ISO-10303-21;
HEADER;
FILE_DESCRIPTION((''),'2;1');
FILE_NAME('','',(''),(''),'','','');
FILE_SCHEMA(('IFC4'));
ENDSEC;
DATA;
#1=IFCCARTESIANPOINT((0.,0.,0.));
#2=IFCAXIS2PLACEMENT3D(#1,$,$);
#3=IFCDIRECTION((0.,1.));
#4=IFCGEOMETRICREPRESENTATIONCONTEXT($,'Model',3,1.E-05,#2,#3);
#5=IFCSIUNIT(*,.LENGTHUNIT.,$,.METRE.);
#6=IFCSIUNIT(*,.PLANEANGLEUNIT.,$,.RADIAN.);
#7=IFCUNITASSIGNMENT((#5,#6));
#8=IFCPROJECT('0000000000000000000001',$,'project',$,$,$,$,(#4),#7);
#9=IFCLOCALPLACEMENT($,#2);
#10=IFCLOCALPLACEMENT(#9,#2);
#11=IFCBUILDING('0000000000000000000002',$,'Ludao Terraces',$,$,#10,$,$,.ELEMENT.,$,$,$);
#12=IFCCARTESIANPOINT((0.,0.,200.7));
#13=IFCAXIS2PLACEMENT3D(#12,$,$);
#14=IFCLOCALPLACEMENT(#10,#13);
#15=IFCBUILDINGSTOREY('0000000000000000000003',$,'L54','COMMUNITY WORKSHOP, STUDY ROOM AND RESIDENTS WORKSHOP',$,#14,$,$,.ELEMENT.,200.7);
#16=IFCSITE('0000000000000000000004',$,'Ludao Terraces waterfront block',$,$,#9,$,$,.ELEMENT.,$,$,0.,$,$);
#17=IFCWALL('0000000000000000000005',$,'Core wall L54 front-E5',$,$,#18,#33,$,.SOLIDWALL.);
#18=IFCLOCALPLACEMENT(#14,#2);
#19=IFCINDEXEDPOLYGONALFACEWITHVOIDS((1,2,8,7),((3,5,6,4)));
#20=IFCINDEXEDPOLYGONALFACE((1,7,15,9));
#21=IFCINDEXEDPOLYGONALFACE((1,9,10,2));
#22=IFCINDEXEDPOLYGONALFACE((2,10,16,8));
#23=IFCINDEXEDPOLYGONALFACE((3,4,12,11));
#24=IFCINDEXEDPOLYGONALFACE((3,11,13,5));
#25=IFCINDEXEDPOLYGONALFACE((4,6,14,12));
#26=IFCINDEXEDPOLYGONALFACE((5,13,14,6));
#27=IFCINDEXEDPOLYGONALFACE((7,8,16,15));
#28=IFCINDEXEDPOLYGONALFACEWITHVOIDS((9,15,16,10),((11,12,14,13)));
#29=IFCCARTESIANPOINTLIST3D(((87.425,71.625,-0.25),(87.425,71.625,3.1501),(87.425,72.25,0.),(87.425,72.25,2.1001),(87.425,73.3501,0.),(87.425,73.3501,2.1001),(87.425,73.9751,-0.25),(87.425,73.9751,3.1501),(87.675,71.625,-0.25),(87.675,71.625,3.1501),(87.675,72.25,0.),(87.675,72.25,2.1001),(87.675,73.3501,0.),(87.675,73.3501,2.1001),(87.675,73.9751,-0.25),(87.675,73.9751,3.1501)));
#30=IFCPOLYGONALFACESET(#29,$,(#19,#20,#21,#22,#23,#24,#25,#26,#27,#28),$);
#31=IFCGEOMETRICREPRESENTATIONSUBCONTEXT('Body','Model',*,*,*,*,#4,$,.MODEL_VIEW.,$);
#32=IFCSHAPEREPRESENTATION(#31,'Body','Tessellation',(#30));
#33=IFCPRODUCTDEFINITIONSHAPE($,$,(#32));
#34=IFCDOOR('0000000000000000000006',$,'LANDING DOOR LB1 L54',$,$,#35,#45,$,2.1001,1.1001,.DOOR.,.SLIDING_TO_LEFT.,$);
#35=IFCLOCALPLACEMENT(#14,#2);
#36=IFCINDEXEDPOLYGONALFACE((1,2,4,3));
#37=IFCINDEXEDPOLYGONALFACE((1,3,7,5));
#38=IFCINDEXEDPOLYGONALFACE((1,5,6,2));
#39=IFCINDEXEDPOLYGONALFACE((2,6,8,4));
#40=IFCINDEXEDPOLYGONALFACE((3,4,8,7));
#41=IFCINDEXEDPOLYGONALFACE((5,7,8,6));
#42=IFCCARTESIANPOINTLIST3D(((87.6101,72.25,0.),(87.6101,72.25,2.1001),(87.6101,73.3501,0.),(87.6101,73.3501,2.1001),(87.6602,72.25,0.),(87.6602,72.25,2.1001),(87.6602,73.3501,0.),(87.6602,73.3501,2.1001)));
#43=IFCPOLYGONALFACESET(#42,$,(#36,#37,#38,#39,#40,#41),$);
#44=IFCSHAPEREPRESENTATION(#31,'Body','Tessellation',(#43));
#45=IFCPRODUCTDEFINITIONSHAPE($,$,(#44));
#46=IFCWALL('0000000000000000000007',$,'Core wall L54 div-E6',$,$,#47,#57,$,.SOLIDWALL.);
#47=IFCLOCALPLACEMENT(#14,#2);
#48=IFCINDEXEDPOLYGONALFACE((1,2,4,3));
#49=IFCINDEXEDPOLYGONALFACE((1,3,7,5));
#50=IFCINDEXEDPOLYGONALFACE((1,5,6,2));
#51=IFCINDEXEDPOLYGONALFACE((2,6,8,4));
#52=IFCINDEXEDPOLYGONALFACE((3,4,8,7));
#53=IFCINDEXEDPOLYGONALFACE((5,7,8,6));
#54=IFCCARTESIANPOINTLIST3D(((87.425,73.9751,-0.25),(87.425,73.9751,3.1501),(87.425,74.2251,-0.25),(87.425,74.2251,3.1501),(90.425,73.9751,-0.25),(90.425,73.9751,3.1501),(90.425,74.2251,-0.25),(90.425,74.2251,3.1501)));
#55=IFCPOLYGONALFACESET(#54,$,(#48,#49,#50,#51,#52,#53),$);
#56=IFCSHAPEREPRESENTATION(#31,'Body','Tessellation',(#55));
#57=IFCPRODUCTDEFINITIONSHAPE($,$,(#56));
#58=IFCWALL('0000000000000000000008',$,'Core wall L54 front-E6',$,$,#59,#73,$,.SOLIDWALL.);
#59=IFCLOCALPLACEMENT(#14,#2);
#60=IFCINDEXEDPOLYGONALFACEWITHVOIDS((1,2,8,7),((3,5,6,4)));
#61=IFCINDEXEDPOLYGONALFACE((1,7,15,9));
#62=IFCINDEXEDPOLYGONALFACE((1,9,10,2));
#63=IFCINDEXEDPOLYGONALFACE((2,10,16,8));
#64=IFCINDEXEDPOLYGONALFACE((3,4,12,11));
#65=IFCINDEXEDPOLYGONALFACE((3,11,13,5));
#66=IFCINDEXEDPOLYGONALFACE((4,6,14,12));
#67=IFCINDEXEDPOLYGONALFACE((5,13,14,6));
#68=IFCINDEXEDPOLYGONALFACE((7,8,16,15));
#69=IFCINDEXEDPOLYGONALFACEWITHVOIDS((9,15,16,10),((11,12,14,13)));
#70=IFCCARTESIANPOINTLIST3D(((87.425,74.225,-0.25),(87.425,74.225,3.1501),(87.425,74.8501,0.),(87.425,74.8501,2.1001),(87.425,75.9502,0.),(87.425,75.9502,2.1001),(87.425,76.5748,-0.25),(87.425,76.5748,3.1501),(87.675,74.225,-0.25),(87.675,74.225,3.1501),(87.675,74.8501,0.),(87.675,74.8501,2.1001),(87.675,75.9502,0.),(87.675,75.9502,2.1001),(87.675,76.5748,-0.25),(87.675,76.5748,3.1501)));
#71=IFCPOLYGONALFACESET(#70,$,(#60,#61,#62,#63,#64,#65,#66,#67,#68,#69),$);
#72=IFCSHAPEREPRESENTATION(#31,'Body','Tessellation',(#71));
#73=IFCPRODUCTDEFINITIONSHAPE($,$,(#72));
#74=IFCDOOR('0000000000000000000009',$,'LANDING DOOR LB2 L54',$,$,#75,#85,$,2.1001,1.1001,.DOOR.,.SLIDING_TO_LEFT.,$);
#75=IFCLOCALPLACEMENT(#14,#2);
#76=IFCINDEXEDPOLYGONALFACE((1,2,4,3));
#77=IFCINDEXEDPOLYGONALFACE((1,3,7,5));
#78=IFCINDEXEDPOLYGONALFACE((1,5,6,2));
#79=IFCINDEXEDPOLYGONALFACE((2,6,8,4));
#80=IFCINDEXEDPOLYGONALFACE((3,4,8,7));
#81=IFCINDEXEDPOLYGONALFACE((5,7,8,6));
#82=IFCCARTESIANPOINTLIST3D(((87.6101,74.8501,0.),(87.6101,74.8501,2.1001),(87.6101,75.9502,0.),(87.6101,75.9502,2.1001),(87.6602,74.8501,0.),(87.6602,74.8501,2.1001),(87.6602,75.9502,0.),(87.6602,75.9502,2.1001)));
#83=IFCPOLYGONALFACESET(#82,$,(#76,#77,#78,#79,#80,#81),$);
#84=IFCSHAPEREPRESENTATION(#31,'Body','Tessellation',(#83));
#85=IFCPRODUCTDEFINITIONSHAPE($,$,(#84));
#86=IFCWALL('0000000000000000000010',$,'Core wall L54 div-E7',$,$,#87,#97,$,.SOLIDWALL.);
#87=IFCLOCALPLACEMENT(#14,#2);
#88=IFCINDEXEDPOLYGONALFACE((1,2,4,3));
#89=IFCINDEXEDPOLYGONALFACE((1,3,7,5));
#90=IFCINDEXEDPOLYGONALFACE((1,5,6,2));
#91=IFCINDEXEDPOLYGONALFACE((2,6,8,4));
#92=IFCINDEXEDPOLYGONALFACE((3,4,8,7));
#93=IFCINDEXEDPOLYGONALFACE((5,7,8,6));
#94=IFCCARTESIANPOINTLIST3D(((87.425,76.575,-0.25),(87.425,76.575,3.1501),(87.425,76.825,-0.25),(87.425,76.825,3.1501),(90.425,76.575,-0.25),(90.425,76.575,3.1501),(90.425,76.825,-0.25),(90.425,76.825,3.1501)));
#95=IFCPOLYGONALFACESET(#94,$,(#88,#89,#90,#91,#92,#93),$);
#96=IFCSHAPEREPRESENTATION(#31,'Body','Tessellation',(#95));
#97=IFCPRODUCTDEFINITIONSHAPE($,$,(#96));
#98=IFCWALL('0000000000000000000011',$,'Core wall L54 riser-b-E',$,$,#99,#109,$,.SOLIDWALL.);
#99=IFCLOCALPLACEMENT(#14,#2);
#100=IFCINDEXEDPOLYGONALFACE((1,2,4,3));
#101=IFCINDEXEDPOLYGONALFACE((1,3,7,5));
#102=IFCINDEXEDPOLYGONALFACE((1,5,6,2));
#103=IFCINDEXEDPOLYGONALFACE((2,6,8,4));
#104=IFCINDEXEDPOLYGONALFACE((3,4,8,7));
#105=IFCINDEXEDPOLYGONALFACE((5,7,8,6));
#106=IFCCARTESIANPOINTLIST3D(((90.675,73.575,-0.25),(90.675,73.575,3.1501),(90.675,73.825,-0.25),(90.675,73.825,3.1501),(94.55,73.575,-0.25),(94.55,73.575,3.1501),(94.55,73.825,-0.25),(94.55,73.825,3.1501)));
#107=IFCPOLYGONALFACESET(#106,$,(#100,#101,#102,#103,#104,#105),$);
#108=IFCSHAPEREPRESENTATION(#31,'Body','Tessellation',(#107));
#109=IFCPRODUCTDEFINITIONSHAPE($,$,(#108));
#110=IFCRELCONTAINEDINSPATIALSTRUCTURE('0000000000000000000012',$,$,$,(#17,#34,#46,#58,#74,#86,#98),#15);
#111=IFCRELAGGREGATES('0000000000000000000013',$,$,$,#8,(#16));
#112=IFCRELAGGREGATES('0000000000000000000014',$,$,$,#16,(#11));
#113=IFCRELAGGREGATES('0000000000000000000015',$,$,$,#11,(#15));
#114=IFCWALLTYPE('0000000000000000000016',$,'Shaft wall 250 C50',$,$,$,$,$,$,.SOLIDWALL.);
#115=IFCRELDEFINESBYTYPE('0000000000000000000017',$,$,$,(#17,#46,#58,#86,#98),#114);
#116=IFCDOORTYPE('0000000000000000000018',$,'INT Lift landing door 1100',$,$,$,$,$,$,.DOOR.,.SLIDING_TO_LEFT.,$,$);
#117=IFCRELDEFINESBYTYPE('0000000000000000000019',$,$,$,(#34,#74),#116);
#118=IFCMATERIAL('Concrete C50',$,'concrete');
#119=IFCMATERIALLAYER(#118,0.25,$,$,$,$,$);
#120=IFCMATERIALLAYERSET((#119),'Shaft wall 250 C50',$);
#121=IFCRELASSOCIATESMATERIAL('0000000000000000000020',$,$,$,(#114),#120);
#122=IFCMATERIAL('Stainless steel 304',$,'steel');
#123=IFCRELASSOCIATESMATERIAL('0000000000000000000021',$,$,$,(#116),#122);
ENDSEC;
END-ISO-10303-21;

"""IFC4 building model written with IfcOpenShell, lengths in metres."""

from ifc_helpers import new_model, si_unit, direction, frame, frame_2d, origin, place, context, subcontext, project, spatial, rectangle, extrude, material, layer, layer_set, type_object, element, fill, save


model = new_model("IFC4")

# Units and contexts
model_context = context("Model", 3, precision=1e-05, world=origin(), true_north=direction((0.0, 1.0)))
body_context = subcontext(model_context, "Body", "Model", "MODEL_VIEW")
ifc_project = project(units=[si_unit("LENGTHUNIT", "METRE"), si_unit("PLANEANGLEUNIT", "RADIAN")], contexts=[model_context])

# Site, building, storey
site_placement = place(None, origin())
site = spatial("IfcSite", under=ifc_project, at=site_placement, Name="Ludao Terraces waterfront block", CompositionType="ELEMENT", RefElevation=0.0)
building_placement = place(site_placement, origin())
building = spatial("IfcBuilding", under=site, at=building_placement, Name="Ludao Terraces", CompositionType="ELEMENT")
storey_placement = place(building_placement, frame((0.0, 0.0, 200.7)))
storey = spatial("IfcBuildingStorey", under=building, at=storey_placement, Name="L54", Description="COMMUNITY WORKSHOP, STUDY ROOM AND RESIDENTS WORKSHOP", CompositionType="ELEMENT", Elevation=200.7)

# Shared definitions
ifc_material_1 = material(Name="Concrete C50", Category="concrete")
ifc_layer_1 = layer(ifc_material_1, 0.25)
ifc_layer_set_1 = layer_set([ifc_layer_1], Name="Shaft wall 250 C50")
wall_type_1 = type_object("IfcWallType", Name="Shaft wall 250 C50", PredefinedType="SOLIDWALL", material=ifc_layer_set_1)

# Wall, opening, door
wall_1_placement = place(storey_placement, frame((87.55, 71.625, -0.25), z_axis=(0.0, 0.0, 1.0), x_axis=(0.0, 1.0, 0.0)))
wall_1 = element("IfcWall", 1, at=wall_1_placement, inside=storey, type_object=wall_type_1, Name="Core wall L54 front-E5", PredefinedType="SOLIDWALL", context=body_context, shape_type="SweptSolid", body=[
    extrude(rectangle(XDim=2.3501, YDim=0.25, at=frame_2d((1.175, 0.0))), origin(), (0.0, 0.0, 1.0), 3.4001),
])
opening_1_placement = place(wall_1_placement, frame((0.625, 0.0, 0.25)))
opening_1 = element("IfcOpeningElement", 2, at=opening_1_placement, cuts=wall_1, PredefinedType="OPENING", context=body_context, shape_type="SweptSolid", body=[
    extrude(rectangle(XDim=1.1001, YDim=2.1001, at=frame_2d((0.55, 1.05))), frame((0.0, 0.135, 0.0), z_axis=(0.0, -1.0, 0.0), x_axis=(1.0, 0.0, 0.0)), (0.0, 0.0, 1.0), 0.27),
])
ifc_material_2 = material(Name="Stainless steel 304", Category="steel")
door_type_1 = type_object("IfcDoorType", Name="INT Lift landing door 1100", OperationType="SLIDING_TO_LEFT", PredefinedType="DOOR", material=ifc_material_2)
door_1_placement = place(opening_1_placement, origin())
door_1 = element("IfcDoor", 3, at=door_1_placement, inside=storey, type_object=door_type_1, Name="LANDING DOOR LB1 L54", OperationType="SLIDING_TO_LEFT", OverallHeight=2.1001, OverallWidth=1.1001, PredefinedType="DOOR", context=body_context, shape_type="SweptSolid", body=[
    extrude(rectangle(XDim=1.1001, YDim=2.1001, at=frame_2d((0.55, 1.05))), frame((0.0, -0.0601, 0.0), z_axis=(0.0, -1.0, 0.0), x_axis=(1.0, 0.0, 0.0)), (0.0, 0.0, 1.0), 0.05),
])
fill(opening_1, door_1)

# Wall
wall_2_placement = place(storey_placement, frame((87.425, 74.1001, -0.25), z_axis=(0.0, 0.0, 1.0), x_axis=(1.0, 0.0, 0.0)))
element("IfcWall", 4, at=wall_2_placement, inside=storey, type_object=wall_type_1, Name="Core wall L54 div-E6", PredefinedType="SOLIDWALL", context=body_context, shape_type="SweptSolid", body=[
    extrude(rectangle(XDim=3.0, YDim=0.25, at=frame_2d((1.5, 0.0))), origin(), (0.0, 0.0, 1.0), 3.4001),
])

# Wall, opening, door
wall_3_placement = place(storey_placement, frame((87.55, 74.2251, -0.25), z_axis=(0.0, 0.0, 1.0), x_axis=(0.0, 1.0, 0.0)))
wall_3 = element("IfcWall", 5, at=wall_3_placement, inside=storey, type_object=wall_type_1, Name="Core wall L54 front-E6", PredefinedType="SOLIDWALL", context=body_context, shape_type="SweptSolid", body=[
    extrude(rectangle(XDim=2.3499, YDim=0.25, at=frame_2d((1.1748, 0.0))), origin(), (0.0, 0.0, 1.0), 3.4001),
])
opening_2_placement = place(wall_3_placement, frame((0.625, 0.0, 0.25)))
opening_2 = element("IfcOpeningElement", 6, at=opening_2_placement, cuts=wall_3, PredefinedType="OPENING", context=body_context, shape_type="SweptSolid", body=[
    extrude(rectangle(XDim=1.1001, YDim=2.1001, at=frame_2d((0.55, 1.05))), frame((0.0, 0.135, 0.0), z_axis=(0.0, -1.0, 0.0), x_axis=(1.0, 0.0, 0.0)), (0.0, 0.0, 1.0), 0.27),
])
door_2_placement = place(opening_2_placement, origin())
door_2 = element("IfcDoor", 7, at=door_2_placement, inside=storey, type_object=door_type_1, Name="LANDING DOOR LB2 L54", OperationType="SLIDING_TO_LEFT", OverallHeight=2.1001, OverallWidth=1.1001, PredefinedType="DOOR", context=body_context, shape_type="SweptSolid", body=[
    extrude(rectangle(XDim=1.1001, YDim=2.1001, at=frame_2d((0.55, 1.05))), frame((0.0, -0.0601, 0.0), z_axis=(0.0, -1.0, 0.0), x_axis=(1.0, 0.0, 0.0)), (0.0, 0.0, 1.0), 0.05),
])
fill(opening_2, door_2)

# Walls
wall_4_placement = place(storey_placement, frame((87.425, 76.7, -0.25), z_axis=(0.0, 0.0, 1.0), x_axis=(1.0, 0.0, 0.0)))
element("IfcWall", 8, at=wall_4_placement, inside=storey, type_object=wall_type_1, Name="Core wall L54 div-E7", PredefinedType="SOLIDWALL", context=body_context, shape_type="SweptSolid", body=[
    extrude(rectangle(XDim=3.0, YDim=0.25, at=frame_2d((1.5, 0.0))), origin(), (0.0, 0.0, 1.0), 3.4001),
])
wall_5_placement = place(storey_placement, frame((90.675, 73.7, -0.25), z_axis=(0.0, 0.0, 1.0), x_axis=(1.0, 0.0, 0.0)))
element("IfcWall", 9, at=wall_5_placement, inside=storey, type_object=wall_type_1, Name="Core wall L54 riser-b-E", PredefinedType="SOLIDWALL", context=body_context, shape_type="SweptSolid", body=[
    extrude(rectangle(XDim=3.875, YDim=0.25, at=frame_2d((1.9375, 0.0))), origin(), (0.0, 0.0, 1.0), 3.4001),
])

save(model, "model.ifc")
